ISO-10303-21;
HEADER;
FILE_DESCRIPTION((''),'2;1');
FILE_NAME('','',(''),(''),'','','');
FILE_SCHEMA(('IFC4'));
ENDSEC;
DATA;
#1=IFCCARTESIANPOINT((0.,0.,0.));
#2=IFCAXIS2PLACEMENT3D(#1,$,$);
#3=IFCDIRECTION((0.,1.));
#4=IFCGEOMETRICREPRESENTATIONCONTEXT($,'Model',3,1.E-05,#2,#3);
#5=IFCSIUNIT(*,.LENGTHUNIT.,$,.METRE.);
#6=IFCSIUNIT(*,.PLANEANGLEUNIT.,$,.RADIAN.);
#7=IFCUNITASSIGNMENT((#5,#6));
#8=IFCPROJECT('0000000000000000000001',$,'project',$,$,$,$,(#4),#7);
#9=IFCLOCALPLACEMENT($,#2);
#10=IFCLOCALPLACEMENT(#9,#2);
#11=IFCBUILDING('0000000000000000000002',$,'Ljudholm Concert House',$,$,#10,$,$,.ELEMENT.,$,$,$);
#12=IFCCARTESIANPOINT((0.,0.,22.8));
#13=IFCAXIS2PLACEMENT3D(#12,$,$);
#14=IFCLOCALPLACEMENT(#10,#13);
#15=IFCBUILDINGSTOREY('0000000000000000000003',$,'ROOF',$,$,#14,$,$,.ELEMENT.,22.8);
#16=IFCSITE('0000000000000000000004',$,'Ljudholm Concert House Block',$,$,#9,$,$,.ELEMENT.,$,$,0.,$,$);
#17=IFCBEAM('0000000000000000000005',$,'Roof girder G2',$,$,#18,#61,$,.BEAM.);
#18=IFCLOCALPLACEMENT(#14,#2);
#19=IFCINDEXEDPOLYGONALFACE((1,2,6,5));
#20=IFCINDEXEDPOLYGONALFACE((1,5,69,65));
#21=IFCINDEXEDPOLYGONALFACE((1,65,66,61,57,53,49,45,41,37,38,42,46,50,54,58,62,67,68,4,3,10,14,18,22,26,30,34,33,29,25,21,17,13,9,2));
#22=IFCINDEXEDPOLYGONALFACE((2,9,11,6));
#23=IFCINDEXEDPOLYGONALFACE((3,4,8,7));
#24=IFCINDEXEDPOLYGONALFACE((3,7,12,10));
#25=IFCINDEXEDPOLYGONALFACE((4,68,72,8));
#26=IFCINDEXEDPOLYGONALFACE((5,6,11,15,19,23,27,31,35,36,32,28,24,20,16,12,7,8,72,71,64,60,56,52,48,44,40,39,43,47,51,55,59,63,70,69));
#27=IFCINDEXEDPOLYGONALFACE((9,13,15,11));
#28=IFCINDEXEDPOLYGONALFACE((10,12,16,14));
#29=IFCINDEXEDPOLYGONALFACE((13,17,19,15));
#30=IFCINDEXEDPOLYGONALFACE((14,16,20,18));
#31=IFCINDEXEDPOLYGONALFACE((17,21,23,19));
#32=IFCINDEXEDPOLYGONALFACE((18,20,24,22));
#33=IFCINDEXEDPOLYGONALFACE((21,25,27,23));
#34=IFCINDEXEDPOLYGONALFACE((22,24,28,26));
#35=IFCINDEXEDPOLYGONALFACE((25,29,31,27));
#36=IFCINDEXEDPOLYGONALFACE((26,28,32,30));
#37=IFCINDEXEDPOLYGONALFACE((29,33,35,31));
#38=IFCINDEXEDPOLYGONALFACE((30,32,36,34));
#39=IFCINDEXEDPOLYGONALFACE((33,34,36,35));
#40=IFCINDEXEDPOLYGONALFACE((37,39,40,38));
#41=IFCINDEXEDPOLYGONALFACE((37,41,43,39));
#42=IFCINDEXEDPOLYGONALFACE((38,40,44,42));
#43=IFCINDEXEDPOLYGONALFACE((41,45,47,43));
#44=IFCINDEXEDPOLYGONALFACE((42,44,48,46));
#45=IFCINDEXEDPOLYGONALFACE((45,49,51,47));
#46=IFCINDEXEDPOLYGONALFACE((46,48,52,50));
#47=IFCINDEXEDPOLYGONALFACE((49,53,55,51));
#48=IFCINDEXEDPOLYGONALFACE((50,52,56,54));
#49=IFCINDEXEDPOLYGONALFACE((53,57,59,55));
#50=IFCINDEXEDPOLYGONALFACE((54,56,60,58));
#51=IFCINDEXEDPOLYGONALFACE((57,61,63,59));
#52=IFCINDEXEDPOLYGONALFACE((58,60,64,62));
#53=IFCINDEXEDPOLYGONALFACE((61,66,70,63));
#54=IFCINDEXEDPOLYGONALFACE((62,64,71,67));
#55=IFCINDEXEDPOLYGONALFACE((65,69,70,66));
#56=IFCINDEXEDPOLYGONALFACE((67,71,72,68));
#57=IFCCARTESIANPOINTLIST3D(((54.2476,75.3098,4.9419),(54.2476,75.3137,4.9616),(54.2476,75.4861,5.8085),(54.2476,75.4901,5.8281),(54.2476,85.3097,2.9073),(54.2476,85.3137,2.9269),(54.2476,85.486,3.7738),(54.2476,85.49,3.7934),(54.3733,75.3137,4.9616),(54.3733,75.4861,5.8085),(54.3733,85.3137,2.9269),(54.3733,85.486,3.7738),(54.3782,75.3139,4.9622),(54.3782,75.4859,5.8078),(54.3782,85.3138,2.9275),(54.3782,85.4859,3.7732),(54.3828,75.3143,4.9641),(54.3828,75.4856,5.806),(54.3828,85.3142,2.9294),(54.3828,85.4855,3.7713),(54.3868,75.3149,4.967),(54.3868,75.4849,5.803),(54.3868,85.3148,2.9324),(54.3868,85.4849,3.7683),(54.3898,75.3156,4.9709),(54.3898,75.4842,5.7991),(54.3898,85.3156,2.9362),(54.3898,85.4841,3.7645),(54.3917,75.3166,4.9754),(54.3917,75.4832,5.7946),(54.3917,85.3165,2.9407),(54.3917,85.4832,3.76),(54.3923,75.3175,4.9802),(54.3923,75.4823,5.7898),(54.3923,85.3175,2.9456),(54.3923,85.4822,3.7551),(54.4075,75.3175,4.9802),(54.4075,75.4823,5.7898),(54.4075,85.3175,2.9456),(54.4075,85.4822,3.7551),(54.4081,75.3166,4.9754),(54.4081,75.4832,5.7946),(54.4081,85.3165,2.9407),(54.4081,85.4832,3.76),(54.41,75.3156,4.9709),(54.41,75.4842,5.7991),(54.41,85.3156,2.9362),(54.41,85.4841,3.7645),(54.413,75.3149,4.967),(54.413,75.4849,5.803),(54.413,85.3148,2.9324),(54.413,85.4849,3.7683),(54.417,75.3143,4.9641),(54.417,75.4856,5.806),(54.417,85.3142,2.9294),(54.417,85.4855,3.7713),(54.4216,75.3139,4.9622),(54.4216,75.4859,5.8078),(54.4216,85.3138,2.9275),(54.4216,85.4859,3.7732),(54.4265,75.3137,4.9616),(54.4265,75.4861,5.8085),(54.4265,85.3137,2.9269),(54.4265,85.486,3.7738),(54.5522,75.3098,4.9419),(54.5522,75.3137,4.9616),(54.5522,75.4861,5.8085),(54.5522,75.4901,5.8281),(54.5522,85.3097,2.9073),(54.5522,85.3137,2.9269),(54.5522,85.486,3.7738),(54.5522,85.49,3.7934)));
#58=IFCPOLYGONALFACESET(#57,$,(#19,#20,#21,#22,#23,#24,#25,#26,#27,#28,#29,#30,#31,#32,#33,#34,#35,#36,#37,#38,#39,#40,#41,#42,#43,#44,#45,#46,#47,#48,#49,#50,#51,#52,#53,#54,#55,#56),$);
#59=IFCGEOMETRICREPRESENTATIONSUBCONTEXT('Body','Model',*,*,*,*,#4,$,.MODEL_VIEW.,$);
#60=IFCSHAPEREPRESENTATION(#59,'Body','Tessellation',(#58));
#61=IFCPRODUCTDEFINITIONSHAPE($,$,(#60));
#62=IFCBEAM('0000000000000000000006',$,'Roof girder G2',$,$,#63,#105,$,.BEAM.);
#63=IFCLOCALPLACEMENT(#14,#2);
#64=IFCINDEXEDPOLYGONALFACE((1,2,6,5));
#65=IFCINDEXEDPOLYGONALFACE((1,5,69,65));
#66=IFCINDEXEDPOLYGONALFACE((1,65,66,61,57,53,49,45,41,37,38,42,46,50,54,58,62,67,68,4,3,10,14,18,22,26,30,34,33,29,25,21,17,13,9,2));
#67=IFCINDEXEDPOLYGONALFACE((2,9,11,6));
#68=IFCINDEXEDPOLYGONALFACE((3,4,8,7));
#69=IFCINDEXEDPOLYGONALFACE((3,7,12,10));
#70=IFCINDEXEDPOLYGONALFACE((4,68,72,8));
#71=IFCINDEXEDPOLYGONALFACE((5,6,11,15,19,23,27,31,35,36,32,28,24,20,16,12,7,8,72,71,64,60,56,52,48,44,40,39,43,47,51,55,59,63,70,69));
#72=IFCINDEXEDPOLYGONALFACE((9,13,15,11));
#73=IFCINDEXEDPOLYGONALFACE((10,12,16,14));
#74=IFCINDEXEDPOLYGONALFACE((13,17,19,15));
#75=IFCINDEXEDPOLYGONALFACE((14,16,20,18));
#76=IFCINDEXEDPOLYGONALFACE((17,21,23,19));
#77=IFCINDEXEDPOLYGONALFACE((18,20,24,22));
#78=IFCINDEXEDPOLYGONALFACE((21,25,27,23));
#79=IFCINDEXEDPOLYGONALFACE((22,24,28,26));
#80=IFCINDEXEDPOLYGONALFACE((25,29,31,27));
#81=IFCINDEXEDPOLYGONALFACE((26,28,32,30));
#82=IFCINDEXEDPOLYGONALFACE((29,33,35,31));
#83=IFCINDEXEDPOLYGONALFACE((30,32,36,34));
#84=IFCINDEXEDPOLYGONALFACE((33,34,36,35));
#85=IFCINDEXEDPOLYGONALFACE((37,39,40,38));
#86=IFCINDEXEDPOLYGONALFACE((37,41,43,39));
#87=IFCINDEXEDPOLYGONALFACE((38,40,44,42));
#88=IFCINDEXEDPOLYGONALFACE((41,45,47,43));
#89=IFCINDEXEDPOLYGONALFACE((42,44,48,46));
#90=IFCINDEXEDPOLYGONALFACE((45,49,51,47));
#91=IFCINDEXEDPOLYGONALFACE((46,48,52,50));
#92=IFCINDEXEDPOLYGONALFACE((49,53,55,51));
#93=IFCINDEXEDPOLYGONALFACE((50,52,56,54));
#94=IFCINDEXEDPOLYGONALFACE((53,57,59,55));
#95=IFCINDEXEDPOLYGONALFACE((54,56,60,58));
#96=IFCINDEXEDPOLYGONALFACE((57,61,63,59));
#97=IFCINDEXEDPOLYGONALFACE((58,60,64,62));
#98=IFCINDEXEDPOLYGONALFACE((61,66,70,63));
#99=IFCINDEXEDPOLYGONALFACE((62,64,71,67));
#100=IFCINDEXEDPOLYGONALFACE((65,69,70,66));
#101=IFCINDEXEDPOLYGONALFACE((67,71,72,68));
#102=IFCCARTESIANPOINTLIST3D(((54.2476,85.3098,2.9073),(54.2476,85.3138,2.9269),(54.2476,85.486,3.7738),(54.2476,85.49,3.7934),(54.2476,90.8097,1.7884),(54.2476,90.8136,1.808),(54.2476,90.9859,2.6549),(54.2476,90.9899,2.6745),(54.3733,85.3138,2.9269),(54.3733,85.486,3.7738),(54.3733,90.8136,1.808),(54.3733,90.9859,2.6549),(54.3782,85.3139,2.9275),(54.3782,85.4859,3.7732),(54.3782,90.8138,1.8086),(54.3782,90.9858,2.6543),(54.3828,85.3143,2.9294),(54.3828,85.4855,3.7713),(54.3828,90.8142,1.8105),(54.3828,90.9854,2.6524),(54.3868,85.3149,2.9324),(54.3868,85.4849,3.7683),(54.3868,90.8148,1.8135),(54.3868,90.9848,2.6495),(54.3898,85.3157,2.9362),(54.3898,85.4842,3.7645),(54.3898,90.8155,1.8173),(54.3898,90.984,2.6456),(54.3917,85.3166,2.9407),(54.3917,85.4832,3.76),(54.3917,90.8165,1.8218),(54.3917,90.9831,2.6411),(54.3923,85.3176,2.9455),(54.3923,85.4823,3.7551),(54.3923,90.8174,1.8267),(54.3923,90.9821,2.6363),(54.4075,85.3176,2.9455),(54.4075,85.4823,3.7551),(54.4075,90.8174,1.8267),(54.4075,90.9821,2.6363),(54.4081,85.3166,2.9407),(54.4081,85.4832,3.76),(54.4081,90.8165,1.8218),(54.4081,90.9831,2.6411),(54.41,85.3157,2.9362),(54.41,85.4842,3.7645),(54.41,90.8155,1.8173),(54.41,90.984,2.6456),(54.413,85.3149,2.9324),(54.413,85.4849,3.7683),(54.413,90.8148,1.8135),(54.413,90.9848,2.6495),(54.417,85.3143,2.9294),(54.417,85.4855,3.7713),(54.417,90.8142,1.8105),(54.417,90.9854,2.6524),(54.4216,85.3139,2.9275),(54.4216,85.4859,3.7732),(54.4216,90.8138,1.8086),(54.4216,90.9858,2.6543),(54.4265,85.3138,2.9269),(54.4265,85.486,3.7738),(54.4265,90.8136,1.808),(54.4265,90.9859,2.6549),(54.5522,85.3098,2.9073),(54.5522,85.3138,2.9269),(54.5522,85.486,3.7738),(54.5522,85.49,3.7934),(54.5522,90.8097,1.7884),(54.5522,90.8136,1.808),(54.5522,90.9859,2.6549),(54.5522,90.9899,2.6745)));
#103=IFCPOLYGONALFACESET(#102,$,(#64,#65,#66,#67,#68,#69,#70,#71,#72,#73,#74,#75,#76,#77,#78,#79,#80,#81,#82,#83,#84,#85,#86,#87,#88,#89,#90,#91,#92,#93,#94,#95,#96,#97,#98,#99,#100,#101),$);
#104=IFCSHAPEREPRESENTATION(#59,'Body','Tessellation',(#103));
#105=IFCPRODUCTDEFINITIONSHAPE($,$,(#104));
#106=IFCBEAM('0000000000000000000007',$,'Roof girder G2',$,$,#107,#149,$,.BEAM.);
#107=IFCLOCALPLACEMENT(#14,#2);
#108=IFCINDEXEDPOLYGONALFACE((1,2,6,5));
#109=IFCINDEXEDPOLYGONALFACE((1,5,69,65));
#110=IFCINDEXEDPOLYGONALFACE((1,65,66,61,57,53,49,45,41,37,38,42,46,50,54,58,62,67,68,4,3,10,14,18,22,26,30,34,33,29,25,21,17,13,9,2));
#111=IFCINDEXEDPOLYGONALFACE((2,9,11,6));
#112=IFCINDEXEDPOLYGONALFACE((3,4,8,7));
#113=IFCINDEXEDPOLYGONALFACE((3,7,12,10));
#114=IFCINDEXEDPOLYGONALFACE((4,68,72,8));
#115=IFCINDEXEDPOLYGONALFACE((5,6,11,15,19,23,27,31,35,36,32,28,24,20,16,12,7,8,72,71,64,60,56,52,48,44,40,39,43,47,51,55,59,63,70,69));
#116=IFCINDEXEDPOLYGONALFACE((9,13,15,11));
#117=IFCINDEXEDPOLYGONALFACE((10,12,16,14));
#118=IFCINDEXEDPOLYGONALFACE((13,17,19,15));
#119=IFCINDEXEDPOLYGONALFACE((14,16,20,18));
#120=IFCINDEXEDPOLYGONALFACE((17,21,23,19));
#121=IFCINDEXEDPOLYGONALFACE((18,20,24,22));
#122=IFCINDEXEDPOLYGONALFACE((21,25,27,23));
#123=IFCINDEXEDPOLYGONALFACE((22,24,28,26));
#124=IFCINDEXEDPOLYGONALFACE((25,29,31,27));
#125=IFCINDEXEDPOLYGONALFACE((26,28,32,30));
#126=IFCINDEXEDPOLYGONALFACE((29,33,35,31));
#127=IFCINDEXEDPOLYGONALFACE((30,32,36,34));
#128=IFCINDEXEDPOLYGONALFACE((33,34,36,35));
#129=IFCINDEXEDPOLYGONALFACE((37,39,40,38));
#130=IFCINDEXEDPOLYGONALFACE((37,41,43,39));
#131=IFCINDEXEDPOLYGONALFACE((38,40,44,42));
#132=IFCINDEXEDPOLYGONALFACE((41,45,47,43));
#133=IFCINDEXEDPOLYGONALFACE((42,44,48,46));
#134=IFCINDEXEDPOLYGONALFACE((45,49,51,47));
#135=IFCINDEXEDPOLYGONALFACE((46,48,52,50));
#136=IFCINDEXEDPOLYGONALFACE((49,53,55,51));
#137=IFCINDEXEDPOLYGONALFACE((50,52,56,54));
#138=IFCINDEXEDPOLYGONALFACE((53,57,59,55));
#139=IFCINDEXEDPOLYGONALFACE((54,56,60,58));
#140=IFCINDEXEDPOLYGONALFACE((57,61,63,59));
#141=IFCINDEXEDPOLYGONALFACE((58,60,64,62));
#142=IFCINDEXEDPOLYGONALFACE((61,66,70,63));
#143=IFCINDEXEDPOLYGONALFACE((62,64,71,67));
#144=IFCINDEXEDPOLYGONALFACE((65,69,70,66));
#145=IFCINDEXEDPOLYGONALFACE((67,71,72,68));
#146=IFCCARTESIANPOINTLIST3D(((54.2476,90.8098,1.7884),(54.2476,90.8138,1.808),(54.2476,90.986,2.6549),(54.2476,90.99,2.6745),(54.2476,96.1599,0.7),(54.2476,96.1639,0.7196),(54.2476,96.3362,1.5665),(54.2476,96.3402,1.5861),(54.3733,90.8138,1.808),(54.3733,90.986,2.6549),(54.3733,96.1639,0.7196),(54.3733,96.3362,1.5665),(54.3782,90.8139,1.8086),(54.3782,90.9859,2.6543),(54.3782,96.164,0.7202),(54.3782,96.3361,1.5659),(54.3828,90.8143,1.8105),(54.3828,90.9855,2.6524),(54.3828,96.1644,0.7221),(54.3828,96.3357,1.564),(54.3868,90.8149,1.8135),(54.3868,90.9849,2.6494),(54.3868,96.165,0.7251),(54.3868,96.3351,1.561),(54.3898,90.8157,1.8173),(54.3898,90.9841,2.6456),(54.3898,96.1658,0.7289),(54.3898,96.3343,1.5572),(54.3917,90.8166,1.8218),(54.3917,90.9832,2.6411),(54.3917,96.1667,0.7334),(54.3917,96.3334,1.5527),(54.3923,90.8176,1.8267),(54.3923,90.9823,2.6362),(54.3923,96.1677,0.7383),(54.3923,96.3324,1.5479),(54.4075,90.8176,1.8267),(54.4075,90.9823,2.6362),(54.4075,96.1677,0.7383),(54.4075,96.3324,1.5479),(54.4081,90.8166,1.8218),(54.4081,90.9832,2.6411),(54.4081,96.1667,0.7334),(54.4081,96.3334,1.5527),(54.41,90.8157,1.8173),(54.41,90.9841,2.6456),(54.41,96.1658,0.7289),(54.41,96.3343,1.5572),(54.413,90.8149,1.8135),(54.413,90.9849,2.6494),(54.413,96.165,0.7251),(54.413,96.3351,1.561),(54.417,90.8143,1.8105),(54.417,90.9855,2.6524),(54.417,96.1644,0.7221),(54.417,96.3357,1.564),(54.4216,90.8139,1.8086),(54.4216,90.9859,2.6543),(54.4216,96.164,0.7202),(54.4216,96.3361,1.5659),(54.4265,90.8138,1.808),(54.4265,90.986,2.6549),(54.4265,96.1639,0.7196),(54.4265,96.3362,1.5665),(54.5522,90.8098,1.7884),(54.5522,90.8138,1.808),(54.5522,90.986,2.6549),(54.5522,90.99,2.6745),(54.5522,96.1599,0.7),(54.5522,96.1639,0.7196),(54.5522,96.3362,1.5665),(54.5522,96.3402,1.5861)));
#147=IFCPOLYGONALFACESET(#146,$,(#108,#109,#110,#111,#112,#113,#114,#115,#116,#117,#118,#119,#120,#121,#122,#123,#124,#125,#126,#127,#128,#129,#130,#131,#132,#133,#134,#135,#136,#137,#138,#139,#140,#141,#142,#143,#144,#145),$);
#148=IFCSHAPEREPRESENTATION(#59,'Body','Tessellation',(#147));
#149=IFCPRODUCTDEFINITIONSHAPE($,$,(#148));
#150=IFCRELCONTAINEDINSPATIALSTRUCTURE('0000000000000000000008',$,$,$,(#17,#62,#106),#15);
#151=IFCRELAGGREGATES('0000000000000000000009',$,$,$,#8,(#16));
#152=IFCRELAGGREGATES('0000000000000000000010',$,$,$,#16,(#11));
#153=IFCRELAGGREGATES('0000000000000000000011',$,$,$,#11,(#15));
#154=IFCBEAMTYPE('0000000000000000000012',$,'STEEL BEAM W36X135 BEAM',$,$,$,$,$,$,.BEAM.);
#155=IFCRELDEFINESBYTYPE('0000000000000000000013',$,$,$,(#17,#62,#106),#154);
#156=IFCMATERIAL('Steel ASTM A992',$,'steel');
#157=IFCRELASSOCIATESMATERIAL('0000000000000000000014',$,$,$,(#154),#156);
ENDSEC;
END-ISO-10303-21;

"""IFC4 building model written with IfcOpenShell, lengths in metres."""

from ifc_helpers import new_model, si_unit, direction, frame, origin, origin_2d, place, context, subcontext, project, spatial, i_section, extrude, material, material_profile, profile_set, type_object, element, save


model = new_model("IFC4")

# Units and contexts
model_context = context("Model", 3, precision=1e-05, world=origin(), true_north=direction((0.0, 1.0)))
body_context = subcontext(model_context, "Body", "Model", "MODEL_VIEW")
ifc_project = project(units=[si_unit("LENGTHUNIT", "METRE"), si_unit("PLANEANGLEUNIT", "RADIAN")], contexts=[model_context])

# Site, building, storey
site_placement = place(None, origin())
site = spatial("IfcSite", under=ifc_project, at=site_placement, Name="Ljudholm Concert House Block", CompositionType="ELEMENT", RefElevation=0.0)
building_placement = place(site_placement, origin())
building = spatial("IfcBuilding", under=site, at=building_placement, Name="Ljudholm Concert House", CompositionType="ELEMENT")
storey_placement = place(building_placement, frame((0.0, 0.0, 22.8)))
storey = spatial("IfcBuildingStorey", under=building, at=storey_placement, Name="ROOF", CompositionType="ELEMENT", Elevation=22.8)

# Beams
ifc_material_1 = material(Name="Steel ASTM A992", Category="steel")
ifc_material_profile_1 = material_profile(ifc_material_1, i_section(OverallWidth=0.3047, OverallDepth=0.9043, WebThickness=0.0151, FlangeThickness=0.02, FilletRadius=0.019, at=origin_2d()), Name="W36X135")
ifc_profile_set_1 = profile_set([ifc_material_profile_1], Name="Steel ASTM A992")
beam_type_1 = type_object("IfcBeamType", Name="STEEL BEAM W36X135 BEAM", PredefinedType="BEAM", material=ifc_profile_set_1)
beam_1_placement = place(storey_placement, frame((54.3999, 75.3999, 5.385), z_axis=(0.0, 0.979922, -0.199382), x_axis=(-1.0, 0.0, 0.0)))
element("IfcBeam", 1, at=beam_1_placement, inside=storey, type_object=beam_type_1, Name="Roof girder G2", PredefinedType="BEAM", context=body_context, shape_type="SweptSolid", body=[
    extrude(i_section(OverallWidth=0.3047, OverallDepth=0.9043, WebThickness=0.0151, FlangeThickness=0.02, FilletRadius=0.019, at=origin_2d()), origin(), (0.0, 0.0, 1.0), 10.2048),
])
beam_2_placement = place(storey_placement, frame((54.3999, 85.3999, 3.3503), z_axis=(0.0, 0.979928, -0.199352), x_axis=(-1.0, 0.0, 0.0)))
element("IfcBeam", 2, at=beam_2_placement, inside=storey, type_object=beam_type_1, Name="Roof girder G2", PredefinedType="BEAM", context=body_context, shape_type="SweptSolid", body=[
    extrude(i_section(OverallWidth=0.3047, OverallDepth=0.9043, WebThickness=0.0151, FlangeThickness=0.02, FilletRadius=0.019, at=origin_2d()), origin(), (0.0, 0.0, 1.0), 5.6125),
])
beam_3_placement = place(storey_placement, frame((54.3999, 90.8999, 2.2314), z_axis=(0.0, 0.979929, -0.199348), x_axis=(-1.0, 0.0, 0.0)))
element("IfcBeam", 3, at=beam_3_placement, inside=storey, type_object=beam_type_1, Name="Roof girder G2", PredefinedType="BEAM", context=body_context, shape_type="SweptSolid", body=[
    extrude(i_section(OverallWidth=0.3047, OverallDepth=0.9043, WebThickness=0.0151, FlangeThickness=0.02, FilletRadius=0.019, at=origin_2d()), origin(), (0.0, 0.0, 1.0), 5.4597),
])

save(model, "model.ifc")
